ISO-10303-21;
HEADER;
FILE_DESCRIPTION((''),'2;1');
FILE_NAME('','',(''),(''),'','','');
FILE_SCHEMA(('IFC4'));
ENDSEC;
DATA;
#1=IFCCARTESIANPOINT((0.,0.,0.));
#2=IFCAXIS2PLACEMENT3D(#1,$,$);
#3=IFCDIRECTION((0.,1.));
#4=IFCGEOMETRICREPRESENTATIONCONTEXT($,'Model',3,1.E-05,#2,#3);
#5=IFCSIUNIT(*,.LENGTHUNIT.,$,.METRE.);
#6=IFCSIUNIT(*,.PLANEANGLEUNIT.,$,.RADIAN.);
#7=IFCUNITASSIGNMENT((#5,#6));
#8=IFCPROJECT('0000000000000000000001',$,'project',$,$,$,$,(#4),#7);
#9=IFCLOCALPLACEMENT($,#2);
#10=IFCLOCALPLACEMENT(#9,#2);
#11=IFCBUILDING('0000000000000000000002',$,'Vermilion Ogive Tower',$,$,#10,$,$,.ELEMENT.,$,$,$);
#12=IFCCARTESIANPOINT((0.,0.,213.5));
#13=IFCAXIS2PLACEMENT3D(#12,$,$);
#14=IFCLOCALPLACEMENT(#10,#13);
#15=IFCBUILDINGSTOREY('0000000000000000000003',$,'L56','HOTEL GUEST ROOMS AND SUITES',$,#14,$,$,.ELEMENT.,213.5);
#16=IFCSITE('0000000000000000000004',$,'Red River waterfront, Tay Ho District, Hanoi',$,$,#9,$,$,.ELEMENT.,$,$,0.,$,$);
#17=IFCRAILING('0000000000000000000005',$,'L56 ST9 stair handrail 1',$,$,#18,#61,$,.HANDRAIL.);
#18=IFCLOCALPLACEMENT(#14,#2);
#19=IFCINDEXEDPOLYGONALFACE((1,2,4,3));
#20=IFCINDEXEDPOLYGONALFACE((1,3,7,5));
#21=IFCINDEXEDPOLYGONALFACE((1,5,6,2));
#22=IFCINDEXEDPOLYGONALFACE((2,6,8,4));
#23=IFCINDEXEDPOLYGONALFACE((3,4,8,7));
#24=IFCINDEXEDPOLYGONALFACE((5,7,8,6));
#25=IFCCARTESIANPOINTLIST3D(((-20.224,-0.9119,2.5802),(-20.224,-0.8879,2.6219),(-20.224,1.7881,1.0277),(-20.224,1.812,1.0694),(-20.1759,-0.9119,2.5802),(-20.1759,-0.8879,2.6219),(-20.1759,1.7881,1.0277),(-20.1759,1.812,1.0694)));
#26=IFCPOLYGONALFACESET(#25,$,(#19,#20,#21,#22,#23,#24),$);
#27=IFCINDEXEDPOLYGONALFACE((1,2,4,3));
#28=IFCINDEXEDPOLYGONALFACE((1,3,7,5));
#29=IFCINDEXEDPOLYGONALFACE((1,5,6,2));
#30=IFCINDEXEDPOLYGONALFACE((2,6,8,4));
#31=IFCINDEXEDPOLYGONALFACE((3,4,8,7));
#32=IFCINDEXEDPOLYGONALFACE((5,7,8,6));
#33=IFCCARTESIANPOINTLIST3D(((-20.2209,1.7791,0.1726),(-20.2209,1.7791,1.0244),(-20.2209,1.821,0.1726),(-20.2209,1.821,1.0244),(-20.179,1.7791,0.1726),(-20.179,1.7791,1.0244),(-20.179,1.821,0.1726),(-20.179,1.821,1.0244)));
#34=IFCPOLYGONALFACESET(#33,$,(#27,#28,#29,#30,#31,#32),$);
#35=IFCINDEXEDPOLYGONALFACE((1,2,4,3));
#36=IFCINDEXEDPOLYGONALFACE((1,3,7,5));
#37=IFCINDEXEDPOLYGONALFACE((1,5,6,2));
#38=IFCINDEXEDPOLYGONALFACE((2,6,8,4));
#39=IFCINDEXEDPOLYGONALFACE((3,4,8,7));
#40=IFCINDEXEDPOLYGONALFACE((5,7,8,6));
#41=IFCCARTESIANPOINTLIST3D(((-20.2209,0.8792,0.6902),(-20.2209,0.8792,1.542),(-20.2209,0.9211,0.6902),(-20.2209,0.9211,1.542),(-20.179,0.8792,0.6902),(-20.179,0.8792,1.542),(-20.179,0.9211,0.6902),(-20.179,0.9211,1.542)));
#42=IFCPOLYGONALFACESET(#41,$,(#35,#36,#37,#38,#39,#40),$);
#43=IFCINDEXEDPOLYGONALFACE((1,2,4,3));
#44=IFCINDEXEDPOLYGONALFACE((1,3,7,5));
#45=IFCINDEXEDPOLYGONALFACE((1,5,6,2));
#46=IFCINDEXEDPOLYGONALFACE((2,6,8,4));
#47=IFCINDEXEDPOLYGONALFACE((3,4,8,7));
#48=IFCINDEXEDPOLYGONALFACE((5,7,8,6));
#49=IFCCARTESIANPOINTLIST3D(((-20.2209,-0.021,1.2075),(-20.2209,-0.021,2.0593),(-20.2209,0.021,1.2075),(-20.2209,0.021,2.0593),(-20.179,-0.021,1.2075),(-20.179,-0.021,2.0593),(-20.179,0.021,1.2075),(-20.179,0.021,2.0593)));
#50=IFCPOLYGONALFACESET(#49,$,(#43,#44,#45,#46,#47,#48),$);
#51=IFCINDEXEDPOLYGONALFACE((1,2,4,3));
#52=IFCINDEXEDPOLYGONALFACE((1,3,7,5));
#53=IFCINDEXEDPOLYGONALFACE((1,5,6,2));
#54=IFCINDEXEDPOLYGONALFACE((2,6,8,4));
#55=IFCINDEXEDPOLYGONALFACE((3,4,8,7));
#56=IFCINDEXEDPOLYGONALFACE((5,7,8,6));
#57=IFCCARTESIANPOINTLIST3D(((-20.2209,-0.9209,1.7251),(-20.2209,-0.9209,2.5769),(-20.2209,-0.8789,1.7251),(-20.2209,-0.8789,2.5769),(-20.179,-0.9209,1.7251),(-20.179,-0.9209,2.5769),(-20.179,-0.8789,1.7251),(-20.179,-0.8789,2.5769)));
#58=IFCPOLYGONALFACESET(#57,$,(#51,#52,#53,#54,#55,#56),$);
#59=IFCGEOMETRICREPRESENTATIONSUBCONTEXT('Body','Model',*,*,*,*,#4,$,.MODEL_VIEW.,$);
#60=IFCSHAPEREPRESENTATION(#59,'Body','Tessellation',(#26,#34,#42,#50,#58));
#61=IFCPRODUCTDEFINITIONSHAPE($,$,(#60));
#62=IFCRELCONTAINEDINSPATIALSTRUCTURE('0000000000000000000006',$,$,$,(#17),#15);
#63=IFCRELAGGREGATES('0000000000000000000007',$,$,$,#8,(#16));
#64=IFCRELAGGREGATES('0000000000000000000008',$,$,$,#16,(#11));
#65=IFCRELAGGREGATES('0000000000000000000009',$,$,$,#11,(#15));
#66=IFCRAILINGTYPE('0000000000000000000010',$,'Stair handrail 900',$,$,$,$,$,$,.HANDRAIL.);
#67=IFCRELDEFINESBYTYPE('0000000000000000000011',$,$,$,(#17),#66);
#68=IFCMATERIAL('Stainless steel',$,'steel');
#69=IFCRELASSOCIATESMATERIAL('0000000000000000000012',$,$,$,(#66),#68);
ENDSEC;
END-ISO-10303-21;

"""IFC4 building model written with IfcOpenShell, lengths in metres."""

from ifc_helpers import new_model, si_unit, direction, frame, origin, origin_2d, place, context, subcontext, project, spatial, rectangle, extrude, material, type_object, element, save


model = new_model("IFC4")

# Units and contexts
model_context = context("Model", 3, precision=1e-05, world=origin(), true_north=direction((0.0, 1.0)))
body_context = subcontext(model_context, "Body", "Model", "MODEL_VIEW")
ifc_project = project(units=[si_unit("LENGTHUNIT", "METRE"), si_unit("PLANEANGLEUNIT", "RADIAN")], contexts=[model_context])

# Site, building, storey
site_placement = place(None, origin())
site = spatial("IfcSite", under=ifc_project, at=site_placement, Name="Red River waterfront, Tay Ho District, Hanoi", CompositionType="ELEMENT", RefElevation=0.0)
building_placement = place(site_placement, origin())
building = spatial("IfcBuilding", under=site, at=building_placement, Name="Vermilion Ogive Tower", CompositionType="ELEMENT")
storey_placement = place(building_placement, frame((0.0, 0.0, 213.5)))
storey = spatial("IfcBuildingStorey", under=building, at=storey_placement, Name="L56", Description="HOTEL GUEST ROOMS AND SUITES", CompositionType="ELEMENT", Elevation=213.5)

# Railing
ifc_material_1 = material(Name="Stainless steel", Category="steel")
railing_type_1 = type_object("IfcRailingType", Name="Stair handrail 900", PredefinedType="HANDRAIL", material=ifc_material_1)
railing_1_placement = place(storey_placement, frame((-20.2, 1.8, 0.1726)))
element("IfcRailing", 1, at=railing_1_placement, inside=storey, type_object=railing_type_1, Name="L56 ST9 stair handrail 1", PredefinedType="HANDRAIL", context=body_context, shape_type="SweptSolid", body=[
    extrude(rectangle(XDim=0.0481, YDim=0.0481, at=origin_2d()), frame((0.0, 0.0, 0.876), z_axis=(0.0, -0.866904, 0.498476), x_axis=(1.0, 0.0, 0.0)), (0.0, 0.0, 1.0), 3.1145),
    extrude(rectangle(XDim=0.042, YDim=0.042, at=origin_2d()), origin(), (0.0, 0.0, 1.0), 0.8518),
    extrude(rectangle(XDim=0.042, YDim=0.042, at=origin_2d()), frame((0.0, -0.8999, 0.5176)), (0.0, 0.0, 1.0), 0.8518),
    extrude(rectangle(XDim=0.042, YDim=0.042, at=origin_2d()), frame((0.0, -1.8, 1.0349)), (0.0, 0.0, 1.0), 0.8518),
    extrude(rectangle(XDim=0.042, YDim=0.042, at=origin_2d()), frame((0.0, -2.7, 1.5525)), (0.0, 0.0, 1.0), 0.8518),
])

save(model, "model.ifc")
